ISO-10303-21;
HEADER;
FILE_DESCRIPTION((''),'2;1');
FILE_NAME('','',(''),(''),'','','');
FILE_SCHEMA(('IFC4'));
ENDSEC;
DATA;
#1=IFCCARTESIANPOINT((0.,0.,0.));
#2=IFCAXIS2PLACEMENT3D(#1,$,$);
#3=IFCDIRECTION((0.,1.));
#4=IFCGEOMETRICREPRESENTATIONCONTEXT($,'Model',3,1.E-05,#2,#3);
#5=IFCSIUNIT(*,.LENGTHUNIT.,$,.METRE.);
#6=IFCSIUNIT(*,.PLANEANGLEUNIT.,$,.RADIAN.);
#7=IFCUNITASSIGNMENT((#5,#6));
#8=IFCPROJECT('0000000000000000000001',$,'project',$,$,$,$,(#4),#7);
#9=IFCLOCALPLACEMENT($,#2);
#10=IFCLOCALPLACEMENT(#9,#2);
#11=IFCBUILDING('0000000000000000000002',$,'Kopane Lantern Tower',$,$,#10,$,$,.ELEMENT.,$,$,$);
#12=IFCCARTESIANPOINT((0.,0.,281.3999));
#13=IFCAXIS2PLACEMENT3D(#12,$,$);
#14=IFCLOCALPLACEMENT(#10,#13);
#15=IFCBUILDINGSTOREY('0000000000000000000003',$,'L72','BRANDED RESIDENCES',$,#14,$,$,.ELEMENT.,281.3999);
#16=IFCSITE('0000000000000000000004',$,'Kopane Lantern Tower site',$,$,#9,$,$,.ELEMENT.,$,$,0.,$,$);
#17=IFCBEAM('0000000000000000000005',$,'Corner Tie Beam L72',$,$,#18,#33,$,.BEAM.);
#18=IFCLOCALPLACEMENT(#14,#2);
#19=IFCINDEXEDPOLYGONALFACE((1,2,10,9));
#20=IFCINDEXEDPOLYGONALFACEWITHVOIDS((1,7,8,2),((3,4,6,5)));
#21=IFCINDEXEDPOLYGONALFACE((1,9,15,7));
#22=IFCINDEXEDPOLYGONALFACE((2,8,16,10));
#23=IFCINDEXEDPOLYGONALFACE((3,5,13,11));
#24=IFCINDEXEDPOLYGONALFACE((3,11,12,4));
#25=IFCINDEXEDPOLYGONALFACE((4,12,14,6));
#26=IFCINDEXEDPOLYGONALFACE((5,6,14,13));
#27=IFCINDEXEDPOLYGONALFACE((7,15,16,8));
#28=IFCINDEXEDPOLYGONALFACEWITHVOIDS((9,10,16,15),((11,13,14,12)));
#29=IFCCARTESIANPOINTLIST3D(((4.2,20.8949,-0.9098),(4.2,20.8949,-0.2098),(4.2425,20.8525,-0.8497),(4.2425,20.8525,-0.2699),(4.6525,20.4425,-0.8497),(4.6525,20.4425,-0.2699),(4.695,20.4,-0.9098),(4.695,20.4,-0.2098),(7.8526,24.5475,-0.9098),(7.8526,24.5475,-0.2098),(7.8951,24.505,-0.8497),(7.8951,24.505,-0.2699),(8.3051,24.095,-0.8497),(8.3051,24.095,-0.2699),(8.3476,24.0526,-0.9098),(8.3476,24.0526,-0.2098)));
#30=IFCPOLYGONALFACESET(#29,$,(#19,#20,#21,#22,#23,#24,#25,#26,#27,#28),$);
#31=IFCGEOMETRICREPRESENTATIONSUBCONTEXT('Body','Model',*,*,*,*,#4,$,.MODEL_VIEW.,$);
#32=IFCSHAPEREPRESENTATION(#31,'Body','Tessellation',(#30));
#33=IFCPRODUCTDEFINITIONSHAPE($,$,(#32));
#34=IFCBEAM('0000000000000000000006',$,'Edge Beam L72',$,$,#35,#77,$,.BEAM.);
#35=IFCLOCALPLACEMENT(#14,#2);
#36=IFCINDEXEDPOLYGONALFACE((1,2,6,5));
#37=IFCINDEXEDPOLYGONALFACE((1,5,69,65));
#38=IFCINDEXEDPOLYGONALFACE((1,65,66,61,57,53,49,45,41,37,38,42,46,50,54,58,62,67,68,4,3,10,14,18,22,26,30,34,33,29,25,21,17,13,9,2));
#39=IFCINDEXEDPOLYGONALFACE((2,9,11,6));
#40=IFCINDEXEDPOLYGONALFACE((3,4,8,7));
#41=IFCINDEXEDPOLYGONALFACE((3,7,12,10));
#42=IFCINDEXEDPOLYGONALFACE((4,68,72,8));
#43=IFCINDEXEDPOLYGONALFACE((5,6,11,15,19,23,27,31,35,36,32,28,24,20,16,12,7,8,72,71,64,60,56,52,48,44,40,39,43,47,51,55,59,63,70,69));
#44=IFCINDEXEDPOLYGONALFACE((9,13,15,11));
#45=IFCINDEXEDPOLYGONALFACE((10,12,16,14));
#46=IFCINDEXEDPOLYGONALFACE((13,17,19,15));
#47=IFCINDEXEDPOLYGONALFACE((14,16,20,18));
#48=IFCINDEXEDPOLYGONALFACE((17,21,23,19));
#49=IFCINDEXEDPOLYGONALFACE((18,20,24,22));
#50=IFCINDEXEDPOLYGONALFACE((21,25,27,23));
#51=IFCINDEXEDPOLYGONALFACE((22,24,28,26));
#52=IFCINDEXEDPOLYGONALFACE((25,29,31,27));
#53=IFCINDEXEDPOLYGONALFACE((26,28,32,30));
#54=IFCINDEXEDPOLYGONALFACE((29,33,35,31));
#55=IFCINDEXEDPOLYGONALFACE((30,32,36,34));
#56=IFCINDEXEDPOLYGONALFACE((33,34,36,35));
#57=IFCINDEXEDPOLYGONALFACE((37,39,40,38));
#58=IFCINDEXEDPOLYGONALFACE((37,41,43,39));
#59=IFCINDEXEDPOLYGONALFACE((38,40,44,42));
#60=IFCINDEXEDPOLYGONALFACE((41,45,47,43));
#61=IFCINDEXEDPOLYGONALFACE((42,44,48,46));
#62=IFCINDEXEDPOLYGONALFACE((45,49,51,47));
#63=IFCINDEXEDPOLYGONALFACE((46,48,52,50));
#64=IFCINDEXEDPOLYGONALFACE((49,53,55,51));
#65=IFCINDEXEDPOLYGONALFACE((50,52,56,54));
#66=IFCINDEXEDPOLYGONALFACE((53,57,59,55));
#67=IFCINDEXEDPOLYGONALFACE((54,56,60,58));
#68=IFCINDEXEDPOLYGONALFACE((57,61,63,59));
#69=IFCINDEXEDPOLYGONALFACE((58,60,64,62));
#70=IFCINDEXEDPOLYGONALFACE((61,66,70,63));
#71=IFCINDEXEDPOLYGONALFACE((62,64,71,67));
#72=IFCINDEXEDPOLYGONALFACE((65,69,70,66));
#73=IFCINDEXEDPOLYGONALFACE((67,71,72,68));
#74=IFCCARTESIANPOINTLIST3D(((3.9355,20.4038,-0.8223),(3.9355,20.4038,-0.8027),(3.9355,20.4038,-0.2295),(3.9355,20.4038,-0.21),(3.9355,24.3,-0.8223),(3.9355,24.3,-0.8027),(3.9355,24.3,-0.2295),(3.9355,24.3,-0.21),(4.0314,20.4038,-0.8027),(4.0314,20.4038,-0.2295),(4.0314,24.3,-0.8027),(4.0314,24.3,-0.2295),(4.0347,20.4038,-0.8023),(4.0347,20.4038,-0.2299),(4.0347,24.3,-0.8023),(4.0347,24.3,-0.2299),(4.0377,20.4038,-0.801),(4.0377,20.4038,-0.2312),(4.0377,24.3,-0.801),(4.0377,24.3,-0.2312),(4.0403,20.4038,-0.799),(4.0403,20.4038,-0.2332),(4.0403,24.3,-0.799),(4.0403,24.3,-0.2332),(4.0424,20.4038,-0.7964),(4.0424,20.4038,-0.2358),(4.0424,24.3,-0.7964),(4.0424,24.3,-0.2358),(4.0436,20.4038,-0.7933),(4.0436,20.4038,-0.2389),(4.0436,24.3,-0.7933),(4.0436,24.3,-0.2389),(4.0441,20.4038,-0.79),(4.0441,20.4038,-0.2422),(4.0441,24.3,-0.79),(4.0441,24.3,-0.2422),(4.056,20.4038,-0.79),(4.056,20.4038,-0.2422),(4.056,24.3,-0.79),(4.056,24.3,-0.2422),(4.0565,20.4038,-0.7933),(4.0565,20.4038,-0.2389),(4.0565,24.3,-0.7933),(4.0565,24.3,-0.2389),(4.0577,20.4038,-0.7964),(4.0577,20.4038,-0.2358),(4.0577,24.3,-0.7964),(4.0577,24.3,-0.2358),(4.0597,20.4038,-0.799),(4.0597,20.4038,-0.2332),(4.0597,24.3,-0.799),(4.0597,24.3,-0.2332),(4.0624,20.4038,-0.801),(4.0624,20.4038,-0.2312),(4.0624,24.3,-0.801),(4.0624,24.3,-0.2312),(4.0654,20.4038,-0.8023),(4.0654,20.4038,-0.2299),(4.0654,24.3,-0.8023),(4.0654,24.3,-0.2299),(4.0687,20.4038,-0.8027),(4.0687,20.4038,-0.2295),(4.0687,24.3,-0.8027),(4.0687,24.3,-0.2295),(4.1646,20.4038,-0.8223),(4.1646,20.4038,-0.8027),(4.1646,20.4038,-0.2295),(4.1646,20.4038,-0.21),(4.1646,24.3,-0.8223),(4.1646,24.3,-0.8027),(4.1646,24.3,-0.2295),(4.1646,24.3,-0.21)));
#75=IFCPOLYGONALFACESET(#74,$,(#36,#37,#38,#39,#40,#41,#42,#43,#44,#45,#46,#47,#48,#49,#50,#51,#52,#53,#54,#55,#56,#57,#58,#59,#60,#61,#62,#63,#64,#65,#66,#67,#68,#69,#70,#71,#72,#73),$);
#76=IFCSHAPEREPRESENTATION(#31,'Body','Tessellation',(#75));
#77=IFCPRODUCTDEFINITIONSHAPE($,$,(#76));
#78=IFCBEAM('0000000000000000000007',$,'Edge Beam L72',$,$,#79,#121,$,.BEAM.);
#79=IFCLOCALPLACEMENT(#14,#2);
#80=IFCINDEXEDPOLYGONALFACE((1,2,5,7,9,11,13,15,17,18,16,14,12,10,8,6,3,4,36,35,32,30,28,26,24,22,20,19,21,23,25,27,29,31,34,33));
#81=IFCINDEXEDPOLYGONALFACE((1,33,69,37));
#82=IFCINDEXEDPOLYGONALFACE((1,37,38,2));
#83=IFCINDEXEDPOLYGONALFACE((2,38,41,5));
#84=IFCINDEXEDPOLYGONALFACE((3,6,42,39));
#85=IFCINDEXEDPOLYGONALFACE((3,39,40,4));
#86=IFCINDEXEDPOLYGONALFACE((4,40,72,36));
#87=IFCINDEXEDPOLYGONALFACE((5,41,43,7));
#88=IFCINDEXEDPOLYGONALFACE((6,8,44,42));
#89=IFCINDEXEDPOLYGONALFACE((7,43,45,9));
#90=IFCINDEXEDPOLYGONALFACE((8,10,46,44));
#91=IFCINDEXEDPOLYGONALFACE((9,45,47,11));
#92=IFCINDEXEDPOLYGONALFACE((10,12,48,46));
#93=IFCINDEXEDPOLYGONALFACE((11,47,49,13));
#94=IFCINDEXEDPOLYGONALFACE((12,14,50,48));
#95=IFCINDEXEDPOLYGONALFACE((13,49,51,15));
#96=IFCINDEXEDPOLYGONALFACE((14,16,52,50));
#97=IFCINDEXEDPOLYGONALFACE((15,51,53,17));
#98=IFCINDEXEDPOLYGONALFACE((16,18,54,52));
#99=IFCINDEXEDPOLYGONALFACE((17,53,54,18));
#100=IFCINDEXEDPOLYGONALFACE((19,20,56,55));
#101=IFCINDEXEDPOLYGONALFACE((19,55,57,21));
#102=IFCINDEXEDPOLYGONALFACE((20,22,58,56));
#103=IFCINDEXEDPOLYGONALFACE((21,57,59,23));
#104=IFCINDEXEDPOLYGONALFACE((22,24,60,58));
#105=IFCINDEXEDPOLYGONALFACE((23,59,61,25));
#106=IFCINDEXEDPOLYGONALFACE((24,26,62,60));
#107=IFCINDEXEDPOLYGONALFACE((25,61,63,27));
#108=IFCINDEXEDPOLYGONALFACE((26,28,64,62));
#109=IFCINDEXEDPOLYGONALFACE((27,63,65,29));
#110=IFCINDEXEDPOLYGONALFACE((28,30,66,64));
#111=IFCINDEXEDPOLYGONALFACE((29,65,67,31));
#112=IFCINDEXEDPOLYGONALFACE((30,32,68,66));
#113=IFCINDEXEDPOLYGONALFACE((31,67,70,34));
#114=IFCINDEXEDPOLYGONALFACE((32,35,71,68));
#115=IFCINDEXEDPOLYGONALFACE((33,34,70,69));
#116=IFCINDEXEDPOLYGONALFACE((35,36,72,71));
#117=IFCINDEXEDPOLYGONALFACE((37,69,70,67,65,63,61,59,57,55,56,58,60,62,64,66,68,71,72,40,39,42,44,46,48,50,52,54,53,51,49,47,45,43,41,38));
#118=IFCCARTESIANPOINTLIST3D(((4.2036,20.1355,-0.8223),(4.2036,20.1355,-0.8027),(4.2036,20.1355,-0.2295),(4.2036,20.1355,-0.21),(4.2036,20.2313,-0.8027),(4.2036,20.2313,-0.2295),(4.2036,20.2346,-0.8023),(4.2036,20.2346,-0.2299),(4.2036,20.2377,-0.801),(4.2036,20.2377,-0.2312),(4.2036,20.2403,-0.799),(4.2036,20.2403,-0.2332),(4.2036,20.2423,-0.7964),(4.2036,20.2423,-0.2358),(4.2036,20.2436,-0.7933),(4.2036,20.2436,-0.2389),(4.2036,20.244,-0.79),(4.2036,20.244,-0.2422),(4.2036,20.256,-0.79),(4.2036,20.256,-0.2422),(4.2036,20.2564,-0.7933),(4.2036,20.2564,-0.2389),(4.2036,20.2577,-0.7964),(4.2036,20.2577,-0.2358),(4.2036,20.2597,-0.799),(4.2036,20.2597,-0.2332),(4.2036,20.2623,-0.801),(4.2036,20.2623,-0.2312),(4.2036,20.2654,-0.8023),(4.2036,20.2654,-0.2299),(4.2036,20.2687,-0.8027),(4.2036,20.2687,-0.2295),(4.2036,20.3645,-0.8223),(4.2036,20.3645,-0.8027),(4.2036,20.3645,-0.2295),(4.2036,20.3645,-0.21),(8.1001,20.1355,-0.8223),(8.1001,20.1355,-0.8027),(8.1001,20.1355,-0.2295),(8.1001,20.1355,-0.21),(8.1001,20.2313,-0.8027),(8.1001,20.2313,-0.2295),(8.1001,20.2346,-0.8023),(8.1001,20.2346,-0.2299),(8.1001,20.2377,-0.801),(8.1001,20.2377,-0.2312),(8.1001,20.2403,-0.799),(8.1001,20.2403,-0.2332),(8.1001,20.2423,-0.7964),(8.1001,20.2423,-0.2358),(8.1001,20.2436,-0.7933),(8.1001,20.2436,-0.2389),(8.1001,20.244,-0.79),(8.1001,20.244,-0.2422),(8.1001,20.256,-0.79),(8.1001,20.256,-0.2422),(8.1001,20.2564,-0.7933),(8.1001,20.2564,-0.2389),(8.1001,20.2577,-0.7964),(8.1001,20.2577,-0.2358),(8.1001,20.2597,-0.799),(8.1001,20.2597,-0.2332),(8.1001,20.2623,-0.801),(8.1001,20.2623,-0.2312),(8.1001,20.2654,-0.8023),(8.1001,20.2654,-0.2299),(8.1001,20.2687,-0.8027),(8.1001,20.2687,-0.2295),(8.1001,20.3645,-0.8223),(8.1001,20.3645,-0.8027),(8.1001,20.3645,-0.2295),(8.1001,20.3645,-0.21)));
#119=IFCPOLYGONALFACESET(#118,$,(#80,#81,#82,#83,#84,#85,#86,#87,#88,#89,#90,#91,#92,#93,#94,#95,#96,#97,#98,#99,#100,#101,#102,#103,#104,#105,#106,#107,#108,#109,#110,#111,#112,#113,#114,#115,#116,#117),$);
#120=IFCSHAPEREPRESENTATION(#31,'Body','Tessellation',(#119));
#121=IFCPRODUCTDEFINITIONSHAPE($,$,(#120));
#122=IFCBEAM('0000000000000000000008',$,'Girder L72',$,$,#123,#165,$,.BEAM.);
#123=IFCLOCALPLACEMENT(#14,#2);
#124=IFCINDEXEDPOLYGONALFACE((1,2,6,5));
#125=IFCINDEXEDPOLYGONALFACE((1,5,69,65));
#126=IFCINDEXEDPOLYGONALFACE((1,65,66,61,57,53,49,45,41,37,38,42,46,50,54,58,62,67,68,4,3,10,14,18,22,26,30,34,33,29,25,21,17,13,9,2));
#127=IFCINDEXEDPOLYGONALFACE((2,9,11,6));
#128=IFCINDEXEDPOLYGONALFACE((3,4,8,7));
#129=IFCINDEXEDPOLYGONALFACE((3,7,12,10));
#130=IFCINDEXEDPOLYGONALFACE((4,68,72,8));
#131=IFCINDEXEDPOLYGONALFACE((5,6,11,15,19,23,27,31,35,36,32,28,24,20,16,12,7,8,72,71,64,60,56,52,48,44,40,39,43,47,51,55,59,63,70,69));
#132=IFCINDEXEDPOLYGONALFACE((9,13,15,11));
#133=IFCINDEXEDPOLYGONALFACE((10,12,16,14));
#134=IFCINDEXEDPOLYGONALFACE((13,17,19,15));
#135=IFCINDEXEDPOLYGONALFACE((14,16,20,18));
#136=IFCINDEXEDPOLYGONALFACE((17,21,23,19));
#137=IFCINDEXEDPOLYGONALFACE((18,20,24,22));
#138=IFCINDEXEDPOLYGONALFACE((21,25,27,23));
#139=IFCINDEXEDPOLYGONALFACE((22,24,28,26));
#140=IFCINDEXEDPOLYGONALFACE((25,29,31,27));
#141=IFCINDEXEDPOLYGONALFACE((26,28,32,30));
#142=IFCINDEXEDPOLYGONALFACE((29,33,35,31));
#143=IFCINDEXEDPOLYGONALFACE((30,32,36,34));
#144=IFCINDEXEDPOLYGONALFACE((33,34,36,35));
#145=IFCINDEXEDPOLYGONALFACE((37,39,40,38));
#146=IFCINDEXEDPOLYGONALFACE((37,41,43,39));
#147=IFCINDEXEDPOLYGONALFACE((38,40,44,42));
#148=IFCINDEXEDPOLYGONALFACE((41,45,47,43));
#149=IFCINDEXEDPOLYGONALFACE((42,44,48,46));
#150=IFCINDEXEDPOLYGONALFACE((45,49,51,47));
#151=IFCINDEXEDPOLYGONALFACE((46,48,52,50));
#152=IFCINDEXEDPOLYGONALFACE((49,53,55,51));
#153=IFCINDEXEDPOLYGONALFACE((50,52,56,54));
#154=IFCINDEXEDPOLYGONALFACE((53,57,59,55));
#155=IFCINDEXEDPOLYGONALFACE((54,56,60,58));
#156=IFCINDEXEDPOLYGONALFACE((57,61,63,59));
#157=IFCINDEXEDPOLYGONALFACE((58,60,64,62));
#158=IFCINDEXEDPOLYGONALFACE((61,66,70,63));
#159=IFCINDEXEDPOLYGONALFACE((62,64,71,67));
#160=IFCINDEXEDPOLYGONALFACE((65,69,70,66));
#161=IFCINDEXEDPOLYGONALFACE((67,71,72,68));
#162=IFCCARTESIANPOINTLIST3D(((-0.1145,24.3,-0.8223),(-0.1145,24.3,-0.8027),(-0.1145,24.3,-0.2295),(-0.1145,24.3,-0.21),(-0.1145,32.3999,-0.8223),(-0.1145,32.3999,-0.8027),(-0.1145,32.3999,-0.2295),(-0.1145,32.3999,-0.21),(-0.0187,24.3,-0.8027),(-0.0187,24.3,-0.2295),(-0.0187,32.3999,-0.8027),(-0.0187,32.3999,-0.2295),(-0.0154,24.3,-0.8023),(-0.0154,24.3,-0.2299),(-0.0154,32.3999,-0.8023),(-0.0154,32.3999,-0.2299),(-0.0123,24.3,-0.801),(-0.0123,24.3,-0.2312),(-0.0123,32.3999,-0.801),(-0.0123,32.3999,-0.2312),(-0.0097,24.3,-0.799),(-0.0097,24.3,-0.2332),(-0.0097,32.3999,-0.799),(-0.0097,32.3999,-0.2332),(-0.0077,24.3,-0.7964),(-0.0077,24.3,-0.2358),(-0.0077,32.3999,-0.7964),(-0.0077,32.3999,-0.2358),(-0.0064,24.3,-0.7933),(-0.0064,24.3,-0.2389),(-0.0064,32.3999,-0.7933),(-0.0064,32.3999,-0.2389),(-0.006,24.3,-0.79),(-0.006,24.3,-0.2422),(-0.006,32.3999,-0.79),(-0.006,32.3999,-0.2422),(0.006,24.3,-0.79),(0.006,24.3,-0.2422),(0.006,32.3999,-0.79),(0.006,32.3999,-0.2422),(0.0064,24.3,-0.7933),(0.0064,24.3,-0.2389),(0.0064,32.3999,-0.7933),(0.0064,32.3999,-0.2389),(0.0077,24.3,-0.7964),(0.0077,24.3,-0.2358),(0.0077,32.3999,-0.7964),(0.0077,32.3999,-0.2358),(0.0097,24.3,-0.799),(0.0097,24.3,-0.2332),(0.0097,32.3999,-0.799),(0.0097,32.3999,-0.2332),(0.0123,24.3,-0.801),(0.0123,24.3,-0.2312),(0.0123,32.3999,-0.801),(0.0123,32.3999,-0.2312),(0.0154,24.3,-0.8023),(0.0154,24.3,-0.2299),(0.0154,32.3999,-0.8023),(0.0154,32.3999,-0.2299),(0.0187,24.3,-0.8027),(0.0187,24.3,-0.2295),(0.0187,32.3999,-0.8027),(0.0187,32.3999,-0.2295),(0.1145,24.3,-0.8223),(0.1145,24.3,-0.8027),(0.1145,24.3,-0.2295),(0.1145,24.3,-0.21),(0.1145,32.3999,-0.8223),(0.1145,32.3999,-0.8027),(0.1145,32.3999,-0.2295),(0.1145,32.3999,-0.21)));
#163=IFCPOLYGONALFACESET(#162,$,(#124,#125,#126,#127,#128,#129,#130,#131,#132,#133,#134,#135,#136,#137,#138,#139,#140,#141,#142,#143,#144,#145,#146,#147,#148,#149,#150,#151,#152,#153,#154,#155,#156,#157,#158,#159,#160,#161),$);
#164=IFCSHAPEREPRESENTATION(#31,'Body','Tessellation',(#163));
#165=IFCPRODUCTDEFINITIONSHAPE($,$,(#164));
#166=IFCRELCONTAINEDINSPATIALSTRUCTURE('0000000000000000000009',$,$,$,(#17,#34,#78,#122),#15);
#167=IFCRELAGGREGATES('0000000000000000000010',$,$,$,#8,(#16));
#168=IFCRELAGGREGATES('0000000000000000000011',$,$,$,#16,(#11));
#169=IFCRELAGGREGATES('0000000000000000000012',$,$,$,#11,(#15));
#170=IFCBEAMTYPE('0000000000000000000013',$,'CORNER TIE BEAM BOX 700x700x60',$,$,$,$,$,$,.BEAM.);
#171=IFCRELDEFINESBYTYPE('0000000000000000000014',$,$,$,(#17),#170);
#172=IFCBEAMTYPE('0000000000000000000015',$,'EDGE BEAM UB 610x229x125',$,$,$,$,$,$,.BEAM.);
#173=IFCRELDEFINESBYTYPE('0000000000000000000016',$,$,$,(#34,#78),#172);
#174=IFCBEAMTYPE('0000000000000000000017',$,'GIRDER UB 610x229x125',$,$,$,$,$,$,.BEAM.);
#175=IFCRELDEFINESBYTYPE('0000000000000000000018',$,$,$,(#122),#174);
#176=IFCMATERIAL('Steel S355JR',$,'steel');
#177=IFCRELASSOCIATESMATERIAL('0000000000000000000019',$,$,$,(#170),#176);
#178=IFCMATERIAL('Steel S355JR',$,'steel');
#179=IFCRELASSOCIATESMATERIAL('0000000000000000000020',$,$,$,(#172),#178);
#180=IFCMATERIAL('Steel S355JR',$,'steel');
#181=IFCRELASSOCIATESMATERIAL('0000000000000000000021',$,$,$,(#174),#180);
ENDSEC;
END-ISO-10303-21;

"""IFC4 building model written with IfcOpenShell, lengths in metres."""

from ifc_helpers import new_model, si_unit, direction, frame, origin, origin_2d, place, context, subcontext, project, spatial, hollow_rectangle, i_section, extrude, material, material_profile, profile_set, type_object, element, save


model = new_model("IFC4")

# Units and contexts
model_context = context("Model", 3, precision=1e-05, world=origin(), true_north=direction((0.0, 1.0)))
body_context = subcontext(model_context, "Body", "Model", "MODEL_VIEW")
ifc_project = project(units=[si_unit("LENGTHUNIT", "METRE"), si_unit("PLANEANGLEUNIT", "RADIAN")], contexts=[model_context])

# Site, building, storey
site_placement = place(None, origin())
site = spatial("IfcSite", under=ifc_project, at=site_placement, Name="Kopane Lantern Tower site", CompositionType="ELEMENT", RefElevation=0.0)
building_placement = place(site_placement, origin())
building = spatial("IfcBuilding", under=site, at=building_placement, Name="Kopane Lantern Tower", CompositionType="ELEMENT")
storey_placement = place(building_placement, frame((0.0, 0.0, 281.3999)))
storey = spatial("IfcBuildingStorey", under=building, at=storey_placement, Name="L72", Description="BRANDED RESIDENCES", CompositionType="ELEMENT", Elevation=281.3999)

# Beams
ifc_material_1 = material(Name="Steel S355JR", Category="steel")
ifc_material_profile_1 = material_profile(ifc_material_1, hollow_rectangle(XDim=0.7, YDim=0.7, WallThickness=0.0601, at=origin_2d()), Name="BOX 700x700x60")
ifc_profile_set_1 = profile_set([ifc_material_profile_1], Name="Steel S355JR")
beam_type_1 = type_object("IfcBeamType", Name="CORNER TIE BEAM BOX 700x700x60", PredefinedType="BEAM", material=ifc_profile_set_1)
beam_1_placement = place(storey_placement, frame((4.4475, 20.6475, -0.5598), z_axis=(0.707107, 0.707107, 0.0), x_axis=(-0.707107, 0.707107, 0.0)))
element("IfcBeam", 1, at=beam_1_placement, inside=storey, type_object=beam_type_1, Name="Corner Tie Beam L72", PredefinedType="BEAM", context=body_context, shape_type="SweptSolid", body=[
    extrude(hollow_rectangle(XDim=0.7, YDim=0.7, WallThickness=0.0601, at=origin_2d()), origin(), (0.0, 0.0, 1.0), 5.1655),
])
ifc_material_2 = material(Name="Steel S355JR", Category="steel")
ifc_material_profile_2 = material_profile(ifc_material_2, i_section(OverallWidth=0.229, OverallDepth=0.6123, WebThickness=0.012, FlangeThickness=0.0195, FilletRadius=0.0127, at=origin_2d()), Name="UB 610x229x125")
ifc_profile_set_2 = profile_set([ifc_material_profile_2], Name="Steel S355JR")
beam_type_2 = type_object("IfcBeamType", Name="EDGE BEAM UB 610x229x125", PredefinedType="BEAM", material=ifc_profile_set_2)
beam_2_placement = place(storey_placement, frame((4.05, 20.4038, -0.5161), z_axis=(0.0, 1.0, 0.0), x_axis=(-1.0, 0.0, 0.0)))
element("IfcBeam", 2, at=beam_2_placement, inside=storey, type_object=beam_type_2, Name="Edge Beam L72", PredefinedType="BEAM", context=body_context, shape_type="SweptSolid", body=[
    extrude(i_section(OverallWidth=0.229, OverallDepth=0.6123, WebThickness=0.012, FlangeThickness=0.0195, FilletRadius=0.0127, at=origin_2d()), origin(), (0.0, 0.0, 1.0), 3.8962),
])
beam_3_placement = place(storey_placement, frame((4.2036, 20.25, -0.5161), z_axis=(1.0, 0.0, 0.0), x_axis=(0.0, 1.0, 0.0)))
element("IfcBeam", 3, at=beam_3_placement, inside=storey, type_object=beam_type_2, Name="Edge Beam L72", PredefinedType="BEAM", context=body_context, shape_type="SweptSolid", body=[
    extrude(i_section(OverallWidth=0.229, OverallDepth=0.6123, WebThickness=0.012, FlangeThickness=0.0195, FilletRadius=0.0127, at=origin_2d()), origin(), (0.0, 0.0, 1.0), 3.8965),
])
ifc_material_3 = material(Name="Steel S355JR", Category="steel")
ifc_material_profile_3 = material_profile(ifc_material_3, i_section(OverallWidth=0.229, OverallDepth=0.6123, WebThickness=0.012, FlangeThickness=0.0195, FilletRadius=0.0127, at=origin_2d()), Name="UB 610x229x125")
ifc_profile_set_3 = profile_set([ifc_material_profile_3], Name="Steel S355JR")
beam_type_3 = type_object("IfcBeamType", Name="GIRDER UB 610x229x125", PredefinedType="BEAM", material=ifc_profile_set_3)
beam_4_placement = place(storey_placement, frame((0.0, 24.3, -0.5161), z_axis=(0.0, 1.0, 0.0), x_axis=(-1.0, 0.0, 0.0)))
element("IfcBeam", 4, at=beam_4_placement, inside=storey, type_object=beam_type_3, Name="Girder L72", PredefinedType="BEAM", context=body_context, shape_type="SweptSolid", body=[
    extrude(i_section(OverallWidth=0.229, OverallDepth=0.6123, WebThickness=0.012, FlangeThickness=0.0195, FilletRadius=0.0127, at=origin_2d()), origin(), (0.0, 0.0, 1.0), 8.0999),
])

save(model, "model.ifc")
